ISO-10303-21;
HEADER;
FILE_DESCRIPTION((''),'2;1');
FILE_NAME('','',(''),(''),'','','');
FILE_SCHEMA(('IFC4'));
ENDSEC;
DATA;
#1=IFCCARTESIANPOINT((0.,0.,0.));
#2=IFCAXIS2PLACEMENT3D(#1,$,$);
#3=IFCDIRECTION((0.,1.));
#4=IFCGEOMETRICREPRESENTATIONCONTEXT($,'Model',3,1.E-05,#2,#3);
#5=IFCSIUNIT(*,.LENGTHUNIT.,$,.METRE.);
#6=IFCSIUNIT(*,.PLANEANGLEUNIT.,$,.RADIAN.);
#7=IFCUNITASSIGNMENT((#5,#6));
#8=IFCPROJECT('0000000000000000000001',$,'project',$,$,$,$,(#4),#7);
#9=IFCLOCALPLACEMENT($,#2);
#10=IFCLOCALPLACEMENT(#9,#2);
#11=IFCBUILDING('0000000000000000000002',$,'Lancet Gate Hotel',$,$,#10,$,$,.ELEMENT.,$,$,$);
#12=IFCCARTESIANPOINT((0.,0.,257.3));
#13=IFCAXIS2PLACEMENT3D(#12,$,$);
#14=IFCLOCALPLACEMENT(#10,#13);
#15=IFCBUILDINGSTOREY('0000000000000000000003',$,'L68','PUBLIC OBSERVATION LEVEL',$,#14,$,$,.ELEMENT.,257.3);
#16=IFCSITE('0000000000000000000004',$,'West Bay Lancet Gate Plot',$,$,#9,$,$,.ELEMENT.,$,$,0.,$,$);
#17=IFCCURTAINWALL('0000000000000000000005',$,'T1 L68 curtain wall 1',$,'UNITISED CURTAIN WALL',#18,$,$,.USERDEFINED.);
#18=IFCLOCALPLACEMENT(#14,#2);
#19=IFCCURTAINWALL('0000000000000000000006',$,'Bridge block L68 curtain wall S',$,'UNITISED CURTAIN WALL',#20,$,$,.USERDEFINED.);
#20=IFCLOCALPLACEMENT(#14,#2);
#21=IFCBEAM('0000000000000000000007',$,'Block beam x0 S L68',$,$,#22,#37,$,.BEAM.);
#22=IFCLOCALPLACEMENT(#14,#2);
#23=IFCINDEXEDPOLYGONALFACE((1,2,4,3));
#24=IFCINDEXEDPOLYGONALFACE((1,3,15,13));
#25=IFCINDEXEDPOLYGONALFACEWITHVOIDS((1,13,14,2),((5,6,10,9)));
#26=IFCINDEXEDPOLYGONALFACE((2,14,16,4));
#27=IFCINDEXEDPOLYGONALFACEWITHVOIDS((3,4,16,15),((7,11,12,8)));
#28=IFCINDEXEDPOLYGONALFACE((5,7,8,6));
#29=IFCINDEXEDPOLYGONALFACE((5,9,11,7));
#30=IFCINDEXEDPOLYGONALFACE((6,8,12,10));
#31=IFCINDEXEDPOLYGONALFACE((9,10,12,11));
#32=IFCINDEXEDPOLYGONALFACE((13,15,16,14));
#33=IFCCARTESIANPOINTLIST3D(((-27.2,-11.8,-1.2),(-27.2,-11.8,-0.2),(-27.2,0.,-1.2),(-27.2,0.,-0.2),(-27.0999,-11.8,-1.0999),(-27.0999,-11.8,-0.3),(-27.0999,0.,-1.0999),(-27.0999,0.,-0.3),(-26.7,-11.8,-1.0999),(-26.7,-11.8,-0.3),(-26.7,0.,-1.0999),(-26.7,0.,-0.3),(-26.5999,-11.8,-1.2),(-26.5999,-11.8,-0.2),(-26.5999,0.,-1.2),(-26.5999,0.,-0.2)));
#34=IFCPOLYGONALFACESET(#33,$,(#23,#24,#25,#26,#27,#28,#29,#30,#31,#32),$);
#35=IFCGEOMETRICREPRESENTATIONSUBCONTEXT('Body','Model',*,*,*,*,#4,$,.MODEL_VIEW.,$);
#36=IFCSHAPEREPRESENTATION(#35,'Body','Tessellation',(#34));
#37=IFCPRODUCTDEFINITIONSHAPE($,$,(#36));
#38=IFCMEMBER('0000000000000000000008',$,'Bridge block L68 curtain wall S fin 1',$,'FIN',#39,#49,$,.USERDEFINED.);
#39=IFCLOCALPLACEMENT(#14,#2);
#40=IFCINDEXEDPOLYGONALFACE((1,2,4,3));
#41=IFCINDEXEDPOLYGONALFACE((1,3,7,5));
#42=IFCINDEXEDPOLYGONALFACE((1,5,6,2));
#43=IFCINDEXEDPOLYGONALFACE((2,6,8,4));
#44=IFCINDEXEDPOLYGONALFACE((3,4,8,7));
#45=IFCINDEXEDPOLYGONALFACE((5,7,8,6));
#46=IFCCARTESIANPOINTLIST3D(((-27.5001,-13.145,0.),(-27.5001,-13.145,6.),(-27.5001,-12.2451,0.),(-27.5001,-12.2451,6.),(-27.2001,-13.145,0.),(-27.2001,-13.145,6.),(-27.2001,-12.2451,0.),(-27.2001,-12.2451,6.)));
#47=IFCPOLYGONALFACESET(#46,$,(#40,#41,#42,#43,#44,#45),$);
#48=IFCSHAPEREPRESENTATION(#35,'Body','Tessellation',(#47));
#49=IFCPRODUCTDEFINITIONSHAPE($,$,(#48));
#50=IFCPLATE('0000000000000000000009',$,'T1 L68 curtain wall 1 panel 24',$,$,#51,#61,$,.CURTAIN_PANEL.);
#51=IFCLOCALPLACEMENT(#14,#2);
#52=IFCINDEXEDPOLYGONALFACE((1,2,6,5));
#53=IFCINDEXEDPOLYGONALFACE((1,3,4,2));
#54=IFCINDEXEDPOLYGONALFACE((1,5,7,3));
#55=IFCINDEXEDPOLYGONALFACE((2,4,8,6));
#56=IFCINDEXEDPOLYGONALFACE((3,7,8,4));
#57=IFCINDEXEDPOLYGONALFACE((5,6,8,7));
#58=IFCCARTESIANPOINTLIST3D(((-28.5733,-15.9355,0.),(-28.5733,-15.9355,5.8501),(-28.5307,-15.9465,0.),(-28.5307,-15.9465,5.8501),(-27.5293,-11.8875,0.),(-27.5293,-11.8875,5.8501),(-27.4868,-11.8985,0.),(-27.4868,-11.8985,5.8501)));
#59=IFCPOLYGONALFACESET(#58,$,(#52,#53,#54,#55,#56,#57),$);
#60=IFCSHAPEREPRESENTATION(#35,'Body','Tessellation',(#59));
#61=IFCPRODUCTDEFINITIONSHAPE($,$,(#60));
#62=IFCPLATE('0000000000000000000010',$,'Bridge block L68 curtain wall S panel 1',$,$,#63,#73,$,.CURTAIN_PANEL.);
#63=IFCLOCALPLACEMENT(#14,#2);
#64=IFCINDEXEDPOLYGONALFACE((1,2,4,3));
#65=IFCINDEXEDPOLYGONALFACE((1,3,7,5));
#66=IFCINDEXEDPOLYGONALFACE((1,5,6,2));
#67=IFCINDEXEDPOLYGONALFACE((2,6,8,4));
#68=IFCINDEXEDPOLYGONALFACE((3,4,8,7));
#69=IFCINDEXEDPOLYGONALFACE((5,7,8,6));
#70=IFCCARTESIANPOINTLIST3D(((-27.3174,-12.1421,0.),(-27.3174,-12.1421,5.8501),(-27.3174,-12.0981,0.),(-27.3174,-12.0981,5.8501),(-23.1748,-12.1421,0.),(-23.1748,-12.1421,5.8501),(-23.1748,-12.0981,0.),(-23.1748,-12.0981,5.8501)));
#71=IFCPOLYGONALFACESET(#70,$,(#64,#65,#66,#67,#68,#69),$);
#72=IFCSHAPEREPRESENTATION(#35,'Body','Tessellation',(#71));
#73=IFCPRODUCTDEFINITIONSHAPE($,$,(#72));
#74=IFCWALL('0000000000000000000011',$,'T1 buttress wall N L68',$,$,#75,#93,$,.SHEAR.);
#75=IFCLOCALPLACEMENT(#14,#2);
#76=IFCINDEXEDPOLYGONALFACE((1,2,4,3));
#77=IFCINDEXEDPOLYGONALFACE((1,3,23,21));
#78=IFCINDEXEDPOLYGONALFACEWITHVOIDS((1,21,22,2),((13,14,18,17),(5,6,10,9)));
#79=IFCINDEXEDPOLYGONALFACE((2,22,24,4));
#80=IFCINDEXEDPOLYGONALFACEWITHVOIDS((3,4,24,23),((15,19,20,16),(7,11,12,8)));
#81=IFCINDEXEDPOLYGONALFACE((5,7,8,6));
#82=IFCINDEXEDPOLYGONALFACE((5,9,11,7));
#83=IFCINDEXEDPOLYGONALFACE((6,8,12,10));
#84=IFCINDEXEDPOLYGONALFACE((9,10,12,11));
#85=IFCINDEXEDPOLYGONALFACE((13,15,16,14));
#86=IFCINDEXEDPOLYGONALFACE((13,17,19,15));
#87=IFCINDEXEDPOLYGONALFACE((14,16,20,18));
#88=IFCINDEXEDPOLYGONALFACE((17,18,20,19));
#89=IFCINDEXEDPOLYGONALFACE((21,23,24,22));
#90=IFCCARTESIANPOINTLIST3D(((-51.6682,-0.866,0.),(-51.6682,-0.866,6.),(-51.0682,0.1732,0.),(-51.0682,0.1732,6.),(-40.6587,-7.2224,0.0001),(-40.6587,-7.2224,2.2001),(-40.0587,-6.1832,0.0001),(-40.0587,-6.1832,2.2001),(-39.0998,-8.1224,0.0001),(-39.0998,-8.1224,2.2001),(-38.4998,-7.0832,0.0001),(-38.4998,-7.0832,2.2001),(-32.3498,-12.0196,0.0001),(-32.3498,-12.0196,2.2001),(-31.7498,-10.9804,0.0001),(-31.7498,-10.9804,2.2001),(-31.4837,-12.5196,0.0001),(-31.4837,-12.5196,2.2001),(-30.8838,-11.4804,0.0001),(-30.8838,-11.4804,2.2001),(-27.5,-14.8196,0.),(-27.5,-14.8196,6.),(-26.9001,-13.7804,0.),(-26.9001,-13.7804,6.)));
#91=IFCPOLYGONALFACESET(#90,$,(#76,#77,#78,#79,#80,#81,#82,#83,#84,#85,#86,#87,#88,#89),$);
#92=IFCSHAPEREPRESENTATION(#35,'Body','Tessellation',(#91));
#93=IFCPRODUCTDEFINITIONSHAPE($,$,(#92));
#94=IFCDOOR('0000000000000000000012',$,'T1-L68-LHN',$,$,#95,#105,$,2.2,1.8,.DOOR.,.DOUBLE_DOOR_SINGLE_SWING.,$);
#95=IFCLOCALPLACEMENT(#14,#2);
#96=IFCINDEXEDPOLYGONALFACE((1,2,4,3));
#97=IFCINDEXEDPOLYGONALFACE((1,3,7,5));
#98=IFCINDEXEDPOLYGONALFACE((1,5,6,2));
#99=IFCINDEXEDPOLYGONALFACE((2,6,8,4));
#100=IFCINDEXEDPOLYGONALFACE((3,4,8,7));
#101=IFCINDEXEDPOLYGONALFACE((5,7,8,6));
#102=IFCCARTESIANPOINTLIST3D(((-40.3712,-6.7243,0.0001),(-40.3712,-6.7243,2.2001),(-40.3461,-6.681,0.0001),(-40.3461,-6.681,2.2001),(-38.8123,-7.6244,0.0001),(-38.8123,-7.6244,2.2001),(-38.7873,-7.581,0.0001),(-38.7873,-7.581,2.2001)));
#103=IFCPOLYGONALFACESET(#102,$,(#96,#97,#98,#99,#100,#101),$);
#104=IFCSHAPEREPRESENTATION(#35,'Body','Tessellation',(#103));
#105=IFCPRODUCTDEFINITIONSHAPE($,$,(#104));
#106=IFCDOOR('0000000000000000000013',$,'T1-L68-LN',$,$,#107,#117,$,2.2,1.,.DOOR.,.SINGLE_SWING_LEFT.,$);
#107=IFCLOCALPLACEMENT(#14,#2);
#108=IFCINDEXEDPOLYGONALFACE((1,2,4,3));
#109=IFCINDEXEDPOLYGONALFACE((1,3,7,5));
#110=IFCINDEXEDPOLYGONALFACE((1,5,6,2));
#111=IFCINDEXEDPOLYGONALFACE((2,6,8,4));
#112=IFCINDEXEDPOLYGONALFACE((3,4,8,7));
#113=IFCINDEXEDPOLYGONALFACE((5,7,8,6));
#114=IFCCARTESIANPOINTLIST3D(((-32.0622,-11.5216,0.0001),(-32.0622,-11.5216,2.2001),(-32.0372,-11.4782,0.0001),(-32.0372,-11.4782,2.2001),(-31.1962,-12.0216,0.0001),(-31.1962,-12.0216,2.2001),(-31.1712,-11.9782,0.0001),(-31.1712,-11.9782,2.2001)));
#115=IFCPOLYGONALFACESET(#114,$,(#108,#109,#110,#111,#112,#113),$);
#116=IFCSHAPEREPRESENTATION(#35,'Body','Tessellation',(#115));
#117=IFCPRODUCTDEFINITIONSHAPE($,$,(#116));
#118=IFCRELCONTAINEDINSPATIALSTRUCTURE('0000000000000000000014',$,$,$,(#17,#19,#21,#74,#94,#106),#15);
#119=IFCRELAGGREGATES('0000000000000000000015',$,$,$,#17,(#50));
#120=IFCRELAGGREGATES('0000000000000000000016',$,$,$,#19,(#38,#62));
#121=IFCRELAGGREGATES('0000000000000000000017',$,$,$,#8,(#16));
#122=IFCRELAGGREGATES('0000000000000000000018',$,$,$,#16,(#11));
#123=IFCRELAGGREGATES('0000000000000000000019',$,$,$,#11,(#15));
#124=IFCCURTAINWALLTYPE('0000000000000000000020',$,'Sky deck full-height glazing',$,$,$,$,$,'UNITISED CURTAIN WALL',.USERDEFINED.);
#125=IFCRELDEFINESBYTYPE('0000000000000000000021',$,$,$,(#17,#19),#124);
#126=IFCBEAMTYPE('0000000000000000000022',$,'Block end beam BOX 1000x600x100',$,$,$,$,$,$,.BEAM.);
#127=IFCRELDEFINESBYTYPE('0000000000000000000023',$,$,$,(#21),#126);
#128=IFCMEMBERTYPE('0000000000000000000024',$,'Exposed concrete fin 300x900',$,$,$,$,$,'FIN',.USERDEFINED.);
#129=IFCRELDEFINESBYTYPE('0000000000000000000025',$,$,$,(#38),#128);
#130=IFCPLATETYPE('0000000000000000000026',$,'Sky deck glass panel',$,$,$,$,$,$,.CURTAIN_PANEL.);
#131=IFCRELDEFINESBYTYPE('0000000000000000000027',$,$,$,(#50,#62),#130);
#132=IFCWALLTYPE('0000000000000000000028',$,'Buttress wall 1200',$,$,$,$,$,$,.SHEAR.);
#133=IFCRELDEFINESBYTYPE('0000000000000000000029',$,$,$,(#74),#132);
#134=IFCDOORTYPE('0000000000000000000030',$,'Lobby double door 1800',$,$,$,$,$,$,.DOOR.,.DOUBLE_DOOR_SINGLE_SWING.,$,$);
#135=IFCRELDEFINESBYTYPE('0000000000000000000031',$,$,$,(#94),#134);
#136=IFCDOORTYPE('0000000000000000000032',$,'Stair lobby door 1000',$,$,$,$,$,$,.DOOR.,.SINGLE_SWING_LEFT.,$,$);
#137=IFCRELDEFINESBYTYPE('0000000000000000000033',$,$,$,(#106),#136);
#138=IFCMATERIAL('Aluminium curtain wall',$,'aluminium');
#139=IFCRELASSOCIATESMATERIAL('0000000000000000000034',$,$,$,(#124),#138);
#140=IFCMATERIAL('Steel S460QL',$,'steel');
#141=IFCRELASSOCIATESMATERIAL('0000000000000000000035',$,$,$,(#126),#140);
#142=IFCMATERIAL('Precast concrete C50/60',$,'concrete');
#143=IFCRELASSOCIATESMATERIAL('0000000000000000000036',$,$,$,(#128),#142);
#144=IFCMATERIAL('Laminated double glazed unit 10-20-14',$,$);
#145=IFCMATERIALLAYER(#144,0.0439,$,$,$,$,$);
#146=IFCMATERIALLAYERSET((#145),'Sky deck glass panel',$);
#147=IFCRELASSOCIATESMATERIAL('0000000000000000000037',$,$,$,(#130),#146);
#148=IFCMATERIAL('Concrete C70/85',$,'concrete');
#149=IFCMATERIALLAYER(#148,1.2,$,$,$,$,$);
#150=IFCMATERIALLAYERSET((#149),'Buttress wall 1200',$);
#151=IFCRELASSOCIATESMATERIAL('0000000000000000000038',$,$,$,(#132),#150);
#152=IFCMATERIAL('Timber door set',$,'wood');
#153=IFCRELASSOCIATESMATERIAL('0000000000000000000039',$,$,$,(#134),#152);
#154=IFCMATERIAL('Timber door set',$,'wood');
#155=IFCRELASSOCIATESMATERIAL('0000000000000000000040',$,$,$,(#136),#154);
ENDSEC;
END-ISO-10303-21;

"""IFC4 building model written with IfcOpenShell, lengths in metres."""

from ifc_helpers import new_model, si_unit, direction, frame, frame_2d, origin, origin_2d, place, context, subcontext, project, spatial, rectangle, hollow_rectangle, extrude, material, layer, layer_set, material_profile, profile_set, type_object, element, fill, aggregate, save


model = new_model("IFC4")

# Units and contexts
model_context = context("Model", 3, precision=1e-05, world=origin(), true_north=direction((0.0, 1.0)))
body_context = subcontext(model_context, "Body", "Model", "MODEL_VIEW")
ifc_project = project(units=[si_unit("LENGTHUNIT", "METRE"), si_unit("PLANEANGLEUNIT", "RADIAN")], contexts=[model_context])

# Site, building, storey
site_placement = place(None, origin())
site = spatial("IfcSite", under=ifc_project, at=site_placement, Name="West Bay Lancet Gate Plot", CompositionType="ELEMENT", RefElevation=0.0)
building_placement = place(site_placement, origin())
building = spatial("IfcBuilding", under=site, at=building_placement, Name="Lancet Gate Hotel", CompositionType="ELEMENT")
storey_placement = place(building_placement, frame((0.0, 0.0, 257.3)))
storey = spatial("IfcBuildingStorey", under=building, at=storey_placement, Name="L68", Description="PUBLIC OBSERVATION LEVEL", CompositionType="ELEMENT", Elevation=257.3)

# Curtain walls
ifc_material_1 = material(Name="Aluminium curtain wall", Category="aluminium")
curtain_wall_type = type_object("IfcCurtainWallType", Name="Sky deck full-height glazing", ElementType="UNITISED CURTAIN WALL", PredefinedType="USERDEFINED", material=ifc_material_1)
curtain_wall_1_placement = place(storey_placement, origin())
curtain_wall_1 = element("IfcCurtainWall", 1, at=curtain_wall_1_placement, inside=storey, type_object=curtain_wall_type, Name="T1 L68 curtain wall 1", ObjectType="UNITISED CURTAIN WALL", PredefinedType="USERDEFINED")
curtain_wall_2_placement = place(storey_placement, origin())
curtain_wall_2 = element("IfcCurtainWall", 2, at=curtain_wall_2_placement, inside=storey, type_object=curtain_wall_type, Name="Bridge block L68 curtain wall S", ObjectType="UNITISED CURTAIN WALL", PredefinedType="USERDEFINED")

# Beam
ifc_material_2 = material(Name="Steel S460QL", Category="steel")
ifc_material_profile_1 = material_profile(ifc_material_2, hollow_rectangle(XDim=0.6001, YDim=1.0, WallThickness=0.1001, at=origin_2d()), Name="BOX 1000x600x100")
ifc_profile_set_1 = profile_set([ifc_material_profile_1], Name="Steel S460QL")
beam_type_1 = type_object("IfcBeamType", Name="Block end beam BOX 1000x600x100", PredefinedType="BEAM", material=ifc_profile_set_1)
beam_1_placement = place(storey_placement, frame((-26.8999, -11.8, -0.7), z_axis=(0.0, 1.0, 0.0), x_axis=(-1.0, 0.0, 0.0)))
element("IfcBeam", 3, at=beam_1_placement, inside=storey, type_object=beam_type_1, Name="Block beam x0 S L68", PredefinedType="BEAM", context=body_context, shape_type="SweptSolid", body=[
    extrude(hollow_rectangle(XDim=0.6001, YDim=1.0, WallThickness=0.1001, at=origin_2d()), origin(), (0.0, 0.0, 1.0), 11.8),
])

# Member
ifc_material_3 = material(Name="Precast concrete C50/60", Category="concrete")
ifc_material_profile_2 = material_profile(ifc_material_3, rectangle(XDim=0.3, YDim=0.8999, at=origin_2d()), Name="FIN 300x900")
ifc_profile_set_2 = profile_set([ifc_material_profile_2], Name="Precast concrete C50/60")
member_type_1 = type_object("IfcMemberType", Name="Exposed concrete fin 300x900", ElementType="FIN", PredefinedType="USERDEFINED", material=ifc_profile_set_2)
member_1_placement = place(storey_placement, frame((-27.3501, -12.6951, 0.0), z_axis=(0.0, 0.0, 1.0), x_axis=(1.0, 0.0, 0.0)))
member_1 = element("IfcMember", 4, at=member_1_placement, type_object=member_type_1, Name="Bridge block L68 curtain wall S fin 1", ObjectType="FIN", PredefinedType="USERDEFINED", context=body_context, shape_type="SweptSolid", body=[
    extrude(rectangle(XDim=0.3, YDim=0.8999, at=origin_2d()), origin(), (0.0, 0.0, 1.0), 6.0),
])

# Plates
ifc_material_4 = material(Name="Laminated double glazed unit 10-20-14")
ifc_layer_1 = layer(ifc_material_4, 0.0439)
ifc_layer_set_1 = layer_set([ifc_layer_1], Name="Sky deck glass panel")
plate_type = type_object("IfcPlateType", Name="Sky deck glass panel", PredefinedType="CURTAIN_PANEL", material=ifc_layer_set_1)
plate_1_placement = place(storey_placement, frame((-28.03, -13.917, 0.0), z_axis=(0.0, 0.0, 1.0), x_axis=(0.249726, 0.968317, 0.0)))
plate_1 = element("IfcPlate", 5, at=plate_1_placement, type_object=plate_type, Name="T1 L68 curtain wall 1 panel 24", PredefinedType="CURTAIN_PANEL", context=body_context, shape_type="SweptSolid", body=[
    extrude(rectangle(XDim=4.1804, YDim=0.0439, at=origin_2d()), origin(), (0.0, 0.0, 1.0), 5.8501),
])
aggregate(curtain_wall_1, [plate_1])
plate_2_placement = place(storey_placement, frame((-25.2461, -12.1201, 0.0), z_axis=(0.0, 0.0, 1.0), x_axis=(1.0, 0.0, 0.0)))
plate_2 = element("IfcPlate", 6, at=plate_2_placement, type_object=plate_type, Name="Bridge block L68 curtain wall S panel 1", PredefinedType="CURTAIN_PANEL", context=body_context, shape_type="SweptSolid", body=[
    extrude(rectangle(XDim=4.1426, YDim=0.0439, at=origin_2d()), origin(), (0.0, 0.0, 1.0), 5.8501),
])
aggregate(curtain_wall_2, [member_1, plate_2])

# Wall, openings, doors
ifc_material_5 = material(Name="Concrete C70/85", Category="concrete")
ifc_layer_2 = layer(ifc_material_5, 1.2)
ifc_layer_set_2 = layer_set([ifc_layer_2], Name="Buttress wall 1200")
wall_type_1 = type_object("IfcWallType", Name="Buttress wall 1200", PredefinedType="SHEAR", material=ifc_layer_set_2)
wall_1_placement = place(storey_placement, frame((-27.2, -14.3, 0.0), z_axis=(0.0, 0.0, 1.0), x_axis=(-0.866024, 0.500002, 0.0)))
wall_1 = element("IfcWall", 7, at=wall_1_placement, inside=storey, type_object=wall_type_1, Name="T1 buttress wall N L68", PredefinedType="SHEAR", context=body_context, shape_type="SweptSolid", body=[
    extrude(rectangle(XDim=27.907, YDim=1.2, at=frame_2d((13.9536, 0.0))), origin(), (0.0, 0.0, 1.0), 6.0),
])
opening_1_placement = place(wall_1_placement, frame((4.6001, 0.0, 0.0)))
opening_1 = element("IfcOpeningElement", 8, at=opening_1_placement, cuts=wall_1, PredefinedType="OPENING", context=body_context, shape_type="SweptSolid", body=[
    extrude(rectangle(XDim=1.0, YDim=2.2, at=frame_2d((0.5, 1.1001))), frame((0.0, 0.6099, 0.0), z_axis=(0.0, -1.0, 0.0), x_axis=(1.0, 0.0, 0.0)), (0.0, 0.0, 1.0), 1.22),
])
opening_2_placement = place(wall_1_placement, frame((13.3945, 0.0, 0.0)))
opening_2 = element("IfcOpeningElement", 9, at=opening_2_placement, cuts=wall_1, PredefinedType="OPENING", context=body_context, shape_type="SweptSolid", body=[
    extrude(rectangle(XDim=1.8, YDim=2.2, at=frame_2d((0.8999, 1.1001))), frame((0.0, 0.6099, 0.0), z_axis=(0.0, -1.0, 0.0), x_axis=(1.0, 0.0, 0.0)), (0.0, 0.0, 1.0), 1.22),
])
ifc_material_6 = material(Name="Timber door set", Category="wood")
door_type_1 = type_object("IfcDoorType", Name="Lobby double door 1800", OperationType="DOUBLE_DOOR_SINGLE_SWING", PredefinedType="DOOR", material=ifc_material_6)
door_1_placement = place(opening_2_placement, origin())
door_1 = element("IfcDoor", 10, at=door_1_placement, inside=storey, type_object=door_type_1, Name="T1-L68-LHN", OperationType="DOUBLE_DOOR_SINGLE_SWING", OverallHeight=2.2, OverallWidth=1.8, PredefinedType="DOOR", context=body_context, shape_type="SweptSolid", body=[
    extrude(rectangle(XDim=1.8, YDim=2.2, at=frame_2d((0.8999, 1.1001))), frame((0.0, 0.0249, 0.0), z_axis=(0.0, -1.0, 0.0), x_axis=(1.0, 0.0, 0.0)), (0.0, 0.0, 1.0), 0.05),
])
fill(opening_2, door_1)
ifc_material_7 = material(Name="Timber door set", Category="wood")
door_type_2 = type_object("IfcDoorType", Name="Stair lobby door 1000", OperationType="SINGLE_SWING_LEFT", PredefinedType="DOOR", material=ifc_material_7)
door_2_placement = place(opening_1_placement, origin())
door_2 = element("IfcDoor", 11, at=door_2_placement, inside=storey, type_object=door_type_2, Name="T1-L68-LN", OperationType="SINGLE_SWING_LEFT", OverallHeight=2.2, OverallWidth=1.0, PredefinedType="DOOR", context=body_context, shape_type="SweptSolid", body=[
    extrude(rectangle(XDim=1.0, YDim=2.2, at=frame_2d((0.5, 1.1001))), frame((0.0, 0.0249, 0.0), z_axis=(0.0, -1.0, 0.0), x_axis=(1.0, 0.0, 0.0)), (0.0, 0.0, 1.0), 0.05),
])
fill(opening_1, door_2)

save(model, "model.ifc")
